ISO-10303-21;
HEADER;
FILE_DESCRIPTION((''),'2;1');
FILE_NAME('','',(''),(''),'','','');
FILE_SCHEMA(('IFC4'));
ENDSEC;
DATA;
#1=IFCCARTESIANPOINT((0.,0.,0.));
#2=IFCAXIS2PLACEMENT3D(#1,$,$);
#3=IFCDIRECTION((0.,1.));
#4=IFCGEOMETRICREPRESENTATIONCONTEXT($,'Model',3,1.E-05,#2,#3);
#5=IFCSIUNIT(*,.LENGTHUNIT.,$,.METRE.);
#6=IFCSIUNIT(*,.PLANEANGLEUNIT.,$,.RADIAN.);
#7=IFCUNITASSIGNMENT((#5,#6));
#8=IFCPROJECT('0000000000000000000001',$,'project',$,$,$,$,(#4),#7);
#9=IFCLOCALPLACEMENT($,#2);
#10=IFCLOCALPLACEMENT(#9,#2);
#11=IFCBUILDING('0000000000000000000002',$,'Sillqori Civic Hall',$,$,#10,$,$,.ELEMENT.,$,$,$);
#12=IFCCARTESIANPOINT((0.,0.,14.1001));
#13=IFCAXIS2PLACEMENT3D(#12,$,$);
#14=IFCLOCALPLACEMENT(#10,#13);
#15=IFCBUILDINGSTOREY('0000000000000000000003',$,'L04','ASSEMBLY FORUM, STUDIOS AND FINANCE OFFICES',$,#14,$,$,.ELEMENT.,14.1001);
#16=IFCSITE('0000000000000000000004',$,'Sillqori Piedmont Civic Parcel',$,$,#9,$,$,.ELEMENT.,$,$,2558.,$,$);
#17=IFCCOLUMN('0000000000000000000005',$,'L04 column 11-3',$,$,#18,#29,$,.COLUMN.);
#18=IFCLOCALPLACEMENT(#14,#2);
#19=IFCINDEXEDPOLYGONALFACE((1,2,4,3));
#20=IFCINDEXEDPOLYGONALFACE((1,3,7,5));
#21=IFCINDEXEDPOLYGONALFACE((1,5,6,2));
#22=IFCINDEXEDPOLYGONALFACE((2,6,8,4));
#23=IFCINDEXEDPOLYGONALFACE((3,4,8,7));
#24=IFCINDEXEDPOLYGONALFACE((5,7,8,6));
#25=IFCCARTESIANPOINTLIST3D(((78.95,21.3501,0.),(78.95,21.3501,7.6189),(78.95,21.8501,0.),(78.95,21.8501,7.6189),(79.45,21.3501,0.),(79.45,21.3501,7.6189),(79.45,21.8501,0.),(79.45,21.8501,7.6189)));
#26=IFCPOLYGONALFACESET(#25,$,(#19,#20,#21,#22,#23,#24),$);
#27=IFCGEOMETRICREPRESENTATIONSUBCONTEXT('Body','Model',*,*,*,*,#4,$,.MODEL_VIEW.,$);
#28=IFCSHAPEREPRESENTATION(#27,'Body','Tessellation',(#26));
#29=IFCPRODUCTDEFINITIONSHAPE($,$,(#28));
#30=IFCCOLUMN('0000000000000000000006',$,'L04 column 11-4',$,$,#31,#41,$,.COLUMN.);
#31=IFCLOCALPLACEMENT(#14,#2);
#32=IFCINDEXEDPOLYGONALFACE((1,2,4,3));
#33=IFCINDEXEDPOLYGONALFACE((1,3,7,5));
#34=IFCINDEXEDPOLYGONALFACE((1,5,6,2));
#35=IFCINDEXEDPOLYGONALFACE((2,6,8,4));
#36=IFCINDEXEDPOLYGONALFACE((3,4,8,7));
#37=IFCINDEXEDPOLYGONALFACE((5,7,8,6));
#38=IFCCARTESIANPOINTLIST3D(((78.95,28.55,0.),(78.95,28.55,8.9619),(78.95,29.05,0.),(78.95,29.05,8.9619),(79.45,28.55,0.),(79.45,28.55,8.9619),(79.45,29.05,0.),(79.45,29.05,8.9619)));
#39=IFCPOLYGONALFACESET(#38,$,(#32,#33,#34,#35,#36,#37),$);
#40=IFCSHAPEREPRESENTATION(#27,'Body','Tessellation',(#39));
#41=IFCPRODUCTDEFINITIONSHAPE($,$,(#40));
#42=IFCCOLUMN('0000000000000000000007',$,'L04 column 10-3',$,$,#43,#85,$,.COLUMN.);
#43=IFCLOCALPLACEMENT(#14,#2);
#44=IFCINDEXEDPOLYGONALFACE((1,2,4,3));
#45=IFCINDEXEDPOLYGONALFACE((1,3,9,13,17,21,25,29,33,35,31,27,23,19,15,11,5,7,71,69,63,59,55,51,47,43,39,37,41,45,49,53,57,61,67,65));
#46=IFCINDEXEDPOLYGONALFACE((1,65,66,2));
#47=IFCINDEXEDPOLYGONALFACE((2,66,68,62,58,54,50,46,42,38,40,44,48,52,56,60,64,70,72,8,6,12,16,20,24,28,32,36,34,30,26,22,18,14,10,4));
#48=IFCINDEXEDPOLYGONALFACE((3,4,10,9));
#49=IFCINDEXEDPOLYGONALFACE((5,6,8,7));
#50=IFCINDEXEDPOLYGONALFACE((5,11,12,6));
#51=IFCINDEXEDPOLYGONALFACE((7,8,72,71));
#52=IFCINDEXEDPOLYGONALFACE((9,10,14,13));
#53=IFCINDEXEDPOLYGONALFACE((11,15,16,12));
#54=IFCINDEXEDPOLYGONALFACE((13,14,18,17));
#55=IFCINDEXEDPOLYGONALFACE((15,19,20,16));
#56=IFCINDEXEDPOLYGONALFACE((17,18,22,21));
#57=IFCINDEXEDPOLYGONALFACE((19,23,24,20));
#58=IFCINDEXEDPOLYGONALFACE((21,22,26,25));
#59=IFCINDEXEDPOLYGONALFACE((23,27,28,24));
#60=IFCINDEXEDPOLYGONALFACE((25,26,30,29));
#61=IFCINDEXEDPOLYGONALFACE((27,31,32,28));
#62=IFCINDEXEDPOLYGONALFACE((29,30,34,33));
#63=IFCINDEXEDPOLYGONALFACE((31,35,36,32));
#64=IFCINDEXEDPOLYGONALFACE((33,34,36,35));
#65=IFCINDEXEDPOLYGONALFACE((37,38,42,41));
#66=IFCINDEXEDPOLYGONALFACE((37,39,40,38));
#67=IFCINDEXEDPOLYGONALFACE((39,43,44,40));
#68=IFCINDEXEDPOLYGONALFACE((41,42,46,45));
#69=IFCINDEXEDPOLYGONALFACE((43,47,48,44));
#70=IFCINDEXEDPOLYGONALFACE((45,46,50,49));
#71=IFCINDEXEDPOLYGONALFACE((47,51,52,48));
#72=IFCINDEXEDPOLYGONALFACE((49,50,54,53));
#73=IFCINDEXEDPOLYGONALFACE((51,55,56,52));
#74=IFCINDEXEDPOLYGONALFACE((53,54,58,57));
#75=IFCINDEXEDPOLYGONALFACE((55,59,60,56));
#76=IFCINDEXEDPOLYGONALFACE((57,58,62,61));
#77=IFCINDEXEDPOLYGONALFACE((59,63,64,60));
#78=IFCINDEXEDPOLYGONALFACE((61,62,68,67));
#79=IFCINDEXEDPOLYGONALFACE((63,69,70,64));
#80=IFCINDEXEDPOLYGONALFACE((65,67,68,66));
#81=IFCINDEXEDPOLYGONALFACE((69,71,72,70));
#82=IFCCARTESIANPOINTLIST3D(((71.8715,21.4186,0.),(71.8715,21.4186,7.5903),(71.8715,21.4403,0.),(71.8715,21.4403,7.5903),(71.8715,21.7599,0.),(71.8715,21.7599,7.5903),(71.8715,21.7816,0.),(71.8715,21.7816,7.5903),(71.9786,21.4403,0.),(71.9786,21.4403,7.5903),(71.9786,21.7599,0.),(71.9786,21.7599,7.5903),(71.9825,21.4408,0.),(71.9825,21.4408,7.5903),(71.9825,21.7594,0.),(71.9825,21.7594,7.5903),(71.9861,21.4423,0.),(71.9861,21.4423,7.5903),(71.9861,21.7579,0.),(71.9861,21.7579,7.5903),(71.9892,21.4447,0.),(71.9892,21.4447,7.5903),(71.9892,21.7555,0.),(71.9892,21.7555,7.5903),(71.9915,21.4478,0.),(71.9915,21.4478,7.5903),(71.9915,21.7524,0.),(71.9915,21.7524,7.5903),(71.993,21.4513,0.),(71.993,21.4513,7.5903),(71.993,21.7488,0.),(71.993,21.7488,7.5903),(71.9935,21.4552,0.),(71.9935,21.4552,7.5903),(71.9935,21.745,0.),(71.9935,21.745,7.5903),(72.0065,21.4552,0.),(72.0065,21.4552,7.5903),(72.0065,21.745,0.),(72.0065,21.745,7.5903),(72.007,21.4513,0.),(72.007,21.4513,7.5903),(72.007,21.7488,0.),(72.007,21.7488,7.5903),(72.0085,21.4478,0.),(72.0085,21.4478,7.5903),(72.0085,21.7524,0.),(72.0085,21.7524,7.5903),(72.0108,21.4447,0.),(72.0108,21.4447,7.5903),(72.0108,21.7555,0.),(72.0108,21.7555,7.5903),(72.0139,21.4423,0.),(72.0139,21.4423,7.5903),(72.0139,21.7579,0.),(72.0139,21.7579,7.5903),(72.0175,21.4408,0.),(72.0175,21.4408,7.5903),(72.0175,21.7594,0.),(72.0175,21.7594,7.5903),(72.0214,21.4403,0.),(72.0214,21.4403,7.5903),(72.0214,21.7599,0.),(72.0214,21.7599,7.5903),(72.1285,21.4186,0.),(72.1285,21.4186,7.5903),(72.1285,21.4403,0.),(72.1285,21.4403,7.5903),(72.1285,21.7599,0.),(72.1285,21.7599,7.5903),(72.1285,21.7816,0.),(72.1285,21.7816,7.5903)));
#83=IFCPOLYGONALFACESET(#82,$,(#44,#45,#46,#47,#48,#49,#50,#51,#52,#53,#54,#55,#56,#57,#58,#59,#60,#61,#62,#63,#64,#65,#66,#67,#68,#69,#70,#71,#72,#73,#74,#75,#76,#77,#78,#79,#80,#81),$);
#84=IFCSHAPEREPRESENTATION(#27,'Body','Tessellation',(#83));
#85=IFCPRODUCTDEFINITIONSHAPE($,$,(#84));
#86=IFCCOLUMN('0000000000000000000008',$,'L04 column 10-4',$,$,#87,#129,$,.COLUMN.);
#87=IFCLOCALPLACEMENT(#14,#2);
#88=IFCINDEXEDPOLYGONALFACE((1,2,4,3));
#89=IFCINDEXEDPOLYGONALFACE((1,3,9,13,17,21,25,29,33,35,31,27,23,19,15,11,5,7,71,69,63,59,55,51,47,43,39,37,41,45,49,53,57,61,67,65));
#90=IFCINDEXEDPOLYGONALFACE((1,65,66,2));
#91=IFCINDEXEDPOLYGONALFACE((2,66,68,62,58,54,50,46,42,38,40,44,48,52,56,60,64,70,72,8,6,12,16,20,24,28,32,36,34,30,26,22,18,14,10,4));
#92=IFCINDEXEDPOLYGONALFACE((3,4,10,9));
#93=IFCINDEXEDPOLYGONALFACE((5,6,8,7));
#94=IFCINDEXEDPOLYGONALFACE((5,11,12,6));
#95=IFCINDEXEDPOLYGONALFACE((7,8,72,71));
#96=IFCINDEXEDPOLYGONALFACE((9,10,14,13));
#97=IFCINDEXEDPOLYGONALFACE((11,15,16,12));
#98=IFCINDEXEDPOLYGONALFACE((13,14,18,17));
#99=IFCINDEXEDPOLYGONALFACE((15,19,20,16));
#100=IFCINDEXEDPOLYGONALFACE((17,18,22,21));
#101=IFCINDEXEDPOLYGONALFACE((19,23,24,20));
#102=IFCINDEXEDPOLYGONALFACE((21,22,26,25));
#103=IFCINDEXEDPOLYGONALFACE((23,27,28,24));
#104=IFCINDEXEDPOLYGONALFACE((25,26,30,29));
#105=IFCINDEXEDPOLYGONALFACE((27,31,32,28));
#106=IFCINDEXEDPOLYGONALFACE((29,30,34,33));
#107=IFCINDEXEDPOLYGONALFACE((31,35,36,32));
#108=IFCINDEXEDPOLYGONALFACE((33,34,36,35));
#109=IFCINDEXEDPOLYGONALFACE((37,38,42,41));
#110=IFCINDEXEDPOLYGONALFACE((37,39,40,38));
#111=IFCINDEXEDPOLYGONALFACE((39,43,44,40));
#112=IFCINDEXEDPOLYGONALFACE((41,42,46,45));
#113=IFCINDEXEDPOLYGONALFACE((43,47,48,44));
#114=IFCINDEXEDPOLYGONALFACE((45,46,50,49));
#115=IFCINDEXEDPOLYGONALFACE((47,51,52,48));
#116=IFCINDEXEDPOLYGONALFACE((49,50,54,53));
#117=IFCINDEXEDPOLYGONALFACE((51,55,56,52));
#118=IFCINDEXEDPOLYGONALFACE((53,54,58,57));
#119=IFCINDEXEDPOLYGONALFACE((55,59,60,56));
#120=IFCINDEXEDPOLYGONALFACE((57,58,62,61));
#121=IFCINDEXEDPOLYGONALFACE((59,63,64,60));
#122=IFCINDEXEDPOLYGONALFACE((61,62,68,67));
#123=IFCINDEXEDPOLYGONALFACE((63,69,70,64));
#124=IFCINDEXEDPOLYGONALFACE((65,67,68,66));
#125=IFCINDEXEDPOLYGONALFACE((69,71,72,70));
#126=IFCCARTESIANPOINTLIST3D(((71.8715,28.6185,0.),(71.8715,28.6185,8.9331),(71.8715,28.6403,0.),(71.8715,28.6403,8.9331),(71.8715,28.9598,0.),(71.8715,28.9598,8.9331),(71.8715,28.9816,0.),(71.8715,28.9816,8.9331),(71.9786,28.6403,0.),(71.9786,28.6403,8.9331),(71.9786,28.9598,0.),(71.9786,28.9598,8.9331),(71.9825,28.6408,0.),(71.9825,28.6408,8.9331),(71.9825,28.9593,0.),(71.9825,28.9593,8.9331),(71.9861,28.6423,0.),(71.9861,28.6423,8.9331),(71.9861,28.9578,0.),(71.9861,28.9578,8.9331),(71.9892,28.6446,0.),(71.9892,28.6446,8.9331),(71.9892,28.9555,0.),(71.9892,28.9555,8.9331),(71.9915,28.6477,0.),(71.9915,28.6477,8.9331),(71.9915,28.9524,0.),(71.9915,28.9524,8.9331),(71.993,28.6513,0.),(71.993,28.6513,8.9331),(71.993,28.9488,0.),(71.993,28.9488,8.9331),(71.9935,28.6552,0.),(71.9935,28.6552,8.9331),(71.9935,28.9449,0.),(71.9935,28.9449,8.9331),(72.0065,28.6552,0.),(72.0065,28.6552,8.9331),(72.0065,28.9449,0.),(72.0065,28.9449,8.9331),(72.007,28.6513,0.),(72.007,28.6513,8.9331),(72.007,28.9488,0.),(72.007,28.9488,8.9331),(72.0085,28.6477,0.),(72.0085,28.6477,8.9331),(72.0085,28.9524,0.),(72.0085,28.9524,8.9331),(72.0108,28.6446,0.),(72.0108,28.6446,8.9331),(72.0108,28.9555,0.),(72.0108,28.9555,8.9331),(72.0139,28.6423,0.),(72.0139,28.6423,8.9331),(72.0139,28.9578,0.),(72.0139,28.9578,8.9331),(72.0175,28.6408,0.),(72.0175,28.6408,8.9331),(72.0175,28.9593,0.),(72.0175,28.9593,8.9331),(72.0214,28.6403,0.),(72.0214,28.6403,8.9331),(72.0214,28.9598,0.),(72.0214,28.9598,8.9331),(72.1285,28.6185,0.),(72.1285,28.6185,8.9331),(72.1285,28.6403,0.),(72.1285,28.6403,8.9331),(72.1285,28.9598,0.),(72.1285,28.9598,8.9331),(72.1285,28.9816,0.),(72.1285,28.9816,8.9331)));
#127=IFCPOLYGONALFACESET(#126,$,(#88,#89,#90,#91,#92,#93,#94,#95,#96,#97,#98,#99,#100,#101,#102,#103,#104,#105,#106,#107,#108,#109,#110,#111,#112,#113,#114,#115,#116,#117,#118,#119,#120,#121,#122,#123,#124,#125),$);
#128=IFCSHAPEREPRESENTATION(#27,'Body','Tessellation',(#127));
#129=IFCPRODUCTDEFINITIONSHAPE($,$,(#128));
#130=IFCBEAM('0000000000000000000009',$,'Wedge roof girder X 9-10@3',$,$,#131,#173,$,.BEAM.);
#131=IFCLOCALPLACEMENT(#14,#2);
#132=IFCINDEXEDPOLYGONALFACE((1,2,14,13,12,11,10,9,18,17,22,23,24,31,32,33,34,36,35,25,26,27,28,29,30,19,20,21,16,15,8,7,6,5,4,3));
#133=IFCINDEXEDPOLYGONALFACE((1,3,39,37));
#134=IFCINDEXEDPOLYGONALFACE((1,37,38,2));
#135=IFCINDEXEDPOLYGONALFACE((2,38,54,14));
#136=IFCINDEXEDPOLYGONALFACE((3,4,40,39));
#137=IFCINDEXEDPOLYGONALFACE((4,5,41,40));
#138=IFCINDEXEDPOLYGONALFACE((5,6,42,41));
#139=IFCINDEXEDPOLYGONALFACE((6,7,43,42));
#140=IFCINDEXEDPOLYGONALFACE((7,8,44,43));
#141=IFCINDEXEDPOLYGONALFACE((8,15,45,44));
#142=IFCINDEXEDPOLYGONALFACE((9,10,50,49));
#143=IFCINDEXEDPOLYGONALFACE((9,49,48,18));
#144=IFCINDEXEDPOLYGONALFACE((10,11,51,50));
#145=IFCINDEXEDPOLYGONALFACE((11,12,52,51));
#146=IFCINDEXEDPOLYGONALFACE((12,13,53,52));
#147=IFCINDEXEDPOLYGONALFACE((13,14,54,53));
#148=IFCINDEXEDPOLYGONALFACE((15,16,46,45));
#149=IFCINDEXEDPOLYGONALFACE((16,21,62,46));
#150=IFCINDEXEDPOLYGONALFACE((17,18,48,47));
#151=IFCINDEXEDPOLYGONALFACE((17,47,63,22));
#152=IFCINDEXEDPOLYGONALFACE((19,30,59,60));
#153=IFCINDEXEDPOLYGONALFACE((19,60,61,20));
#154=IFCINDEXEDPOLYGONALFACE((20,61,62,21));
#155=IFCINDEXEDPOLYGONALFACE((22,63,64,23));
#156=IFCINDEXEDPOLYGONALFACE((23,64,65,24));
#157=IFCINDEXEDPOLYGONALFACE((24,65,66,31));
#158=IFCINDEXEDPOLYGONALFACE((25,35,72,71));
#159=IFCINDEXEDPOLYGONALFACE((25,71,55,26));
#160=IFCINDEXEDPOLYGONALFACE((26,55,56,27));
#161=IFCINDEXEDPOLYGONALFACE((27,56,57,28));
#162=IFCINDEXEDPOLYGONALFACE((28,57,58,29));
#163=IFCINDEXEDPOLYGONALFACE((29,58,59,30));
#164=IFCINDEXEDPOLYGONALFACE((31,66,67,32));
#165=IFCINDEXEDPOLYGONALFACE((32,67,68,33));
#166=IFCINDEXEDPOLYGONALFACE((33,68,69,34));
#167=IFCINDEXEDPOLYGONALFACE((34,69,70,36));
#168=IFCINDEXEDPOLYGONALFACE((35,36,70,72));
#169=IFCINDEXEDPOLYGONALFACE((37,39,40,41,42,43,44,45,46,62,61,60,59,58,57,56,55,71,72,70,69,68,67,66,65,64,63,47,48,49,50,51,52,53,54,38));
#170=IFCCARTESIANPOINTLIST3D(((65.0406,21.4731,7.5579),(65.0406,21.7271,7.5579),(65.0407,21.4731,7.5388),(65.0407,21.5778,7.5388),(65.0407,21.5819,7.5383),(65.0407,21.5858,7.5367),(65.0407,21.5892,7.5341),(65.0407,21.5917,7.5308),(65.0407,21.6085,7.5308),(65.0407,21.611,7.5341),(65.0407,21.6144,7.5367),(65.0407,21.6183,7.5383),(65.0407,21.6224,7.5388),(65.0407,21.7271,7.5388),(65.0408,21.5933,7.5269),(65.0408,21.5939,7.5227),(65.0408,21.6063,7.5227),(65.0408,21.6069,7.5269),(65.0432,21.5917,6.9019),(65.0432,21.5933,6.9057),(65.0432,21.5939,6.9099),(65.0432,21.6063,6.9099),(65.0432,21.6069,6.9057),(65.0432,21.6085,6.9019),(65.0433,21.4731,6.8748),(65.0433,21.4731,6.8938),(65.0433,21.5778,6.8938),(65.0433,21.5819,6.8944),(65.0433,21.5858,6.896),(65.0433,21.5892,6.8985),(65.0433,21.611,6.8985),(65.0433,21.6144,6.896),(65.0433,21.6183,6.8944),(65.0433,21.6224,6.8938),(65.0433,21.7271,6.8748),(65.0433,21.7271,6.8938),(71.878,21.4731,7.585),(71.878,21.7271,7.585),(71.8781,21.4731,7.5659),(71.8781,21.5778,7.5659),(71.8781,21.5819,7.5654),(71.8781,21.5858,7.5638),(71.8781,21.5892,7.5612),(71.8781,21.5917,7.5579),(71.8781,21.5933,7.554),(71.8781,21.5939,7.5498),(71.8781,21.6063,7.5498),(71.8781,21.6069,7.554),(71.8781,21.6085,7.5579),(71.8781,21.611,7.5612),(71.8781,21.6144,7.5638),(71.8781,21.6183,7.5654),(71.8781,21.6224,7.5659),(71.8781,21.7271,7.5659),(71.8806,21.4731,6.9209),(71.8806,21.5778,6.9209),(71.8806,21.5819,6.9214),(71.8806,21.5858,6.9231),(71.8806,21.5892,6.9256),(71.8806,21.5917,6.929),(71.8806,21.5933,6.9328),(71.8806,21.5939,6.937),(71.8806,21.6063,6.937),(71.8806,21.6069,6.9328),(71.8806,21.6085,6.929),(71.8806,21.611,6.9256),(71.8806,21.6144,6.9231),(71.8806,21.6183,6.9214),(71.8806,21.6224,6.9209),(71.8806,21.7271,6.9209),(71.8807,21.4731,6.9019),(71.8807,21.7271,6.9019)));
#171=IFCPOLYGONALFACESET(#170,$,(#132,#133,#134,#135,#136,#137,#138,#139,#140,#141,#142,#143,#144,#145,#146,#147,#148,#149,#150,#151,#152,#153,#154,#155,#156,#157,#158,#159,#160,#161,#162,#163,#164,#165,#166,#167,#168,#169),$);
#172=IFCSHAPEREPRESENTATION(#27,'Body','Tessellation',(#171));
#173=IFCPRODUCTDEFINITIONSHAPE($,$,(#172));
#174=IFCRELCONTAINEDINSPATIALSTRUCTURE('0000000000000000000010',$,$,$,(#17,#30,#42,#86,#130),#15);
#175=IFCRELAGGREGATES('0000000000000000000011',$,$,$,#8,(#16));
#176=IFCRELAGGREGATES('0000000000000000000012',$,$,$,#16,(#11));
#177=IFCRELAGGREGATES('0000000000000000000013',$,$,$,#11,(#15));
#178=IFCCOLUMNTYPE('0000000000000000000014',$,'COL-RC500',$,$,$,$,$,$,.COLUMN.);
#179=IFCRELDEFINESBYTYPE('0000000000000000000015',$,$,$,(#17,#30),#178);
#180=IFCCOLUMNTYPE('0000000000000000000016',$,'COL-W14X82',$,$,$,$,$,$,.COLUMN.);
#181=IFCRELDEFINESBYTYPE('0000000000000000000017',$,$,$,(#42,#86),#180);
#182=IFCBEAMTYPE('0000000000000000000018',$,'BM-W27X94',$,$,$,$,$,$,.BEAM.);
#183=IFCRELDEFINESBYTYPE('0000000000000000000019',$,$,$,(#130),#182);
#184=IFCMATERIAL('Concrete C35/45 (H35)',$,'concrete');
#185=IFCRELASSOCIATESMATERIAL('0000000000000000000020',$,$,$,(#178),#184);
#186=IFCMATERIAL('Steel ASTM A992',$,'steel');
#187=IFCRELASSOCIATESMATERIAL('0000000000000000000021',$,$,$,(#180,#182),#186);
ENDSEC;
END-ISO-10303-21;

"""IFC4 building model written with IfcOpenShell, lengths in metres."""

from ifc_helpers import new_model, si_unit, direction, frame, origin, origin_2d, place, context, subcontext, project, spatial, rectangle, i_section, extrude, material, material_profile, profile_set, type_object, element, save


model = new_model("IFC4")

# Units and contexts
model_context = context("Model", 3, precision=1e-05, world=origin(), true_north=direction((0.0, 1.0)))
body_context = subcontext(model_context, "Body", "Model", "MODEL_VIEW")
ifc_project = project(units=[si_unit("LENGTHUNIT", "METRE"), si_unit("PLANEANGLEUNIT", "RADIAN")], contexts=[model_context])

# Site, building, storey
site_placement = place(None, origin())
site = spatial("IfcSite", under=ifc_project, at=site_placement, Name="Sillqori Piedmont Civic Parcel", CompositionType="ELEMENT", RefElevation=2558.0)
building_placement = place(site_placement, origin())
building = spatial("IfcBuilding", under=site, at=building_placement, Name="Sillqori Civic Hall", CompositionType="ELEMENT")
storey_placement = place(building_placement, frame((0.0, 0.0, 14.1001)))
storey = spatial("IfcBuildingStorey", under=building, at=storey_placement, Name="L04", Description="ASSEMBLY FORUM, STUDIOS AND FINANCE OFFICES", CompositionType="ELEMENT", Elevation=14.1001)

# Columns
ifc_material_1 = material(Name="Concrete C35/45 (H35)", Category="concrete")
ifc_material_profile_1 = material_profile(ifc_material_1, rectangle(XDim=0.5, YDim=0.5, at=origin_2d()), Name="RC 500x500")
ifc_profile_set_1 = profile_set([ifc_material_profile_1], Name="Concrete C35/45 (H35)")
column_type_1 = type_object("IfcColumnType", Name="COL-RC500", PredefinedType="COLUMN", material=ifc_profile_set_1)
column_1_placement = place(storey_placement, frame((79.2, 21.6001, 0.0), z_axis=(0.0, 0.0, 1.0), x_axis=(1.0, 0.0, 0.0)))
element("IfcColumn", 1, at=column_1_placement, inside=storey, type_object=column_type_1, Name="L04 column 11-3", PredefinedType="COLUMN", context=body_context, shape_type="SweptSolid", body=[
    extrude(rectangle(XDim=0.5, YDim=0.5, at=origin_2d()), origin(), (0.0, 0.0, 1.0), 7.6189),
])
column_2_placement = place(storey_placement, frame((79.2, 28.8, 0.0), z_axis=(0.0, 0.0, 1.0), x_axis=(1.0, 0.0, 0.0)))
element("IfcColumn", 2, at=column_2_placement, inside=storey, type_object=column_type_1, Name="L04 column 11-4", PredefinedType="COLUMN", context=body_context, shape_type="SweptSolid", body=[
    extrude(rectangle(XDim=0.5, YDim=0.5, at=origin_2d()), origin(), (0.0, 0.0, 1.0), 8.9619),
])
ifc_material_2 = material(Name="Steel ASTM A992", Category="steel")
ifc_material_profile_2 = material_profile(ifc_material_2, i_section(OverallWidth=0.2571, OverallDepth=0.363, WebThickness=0.0129, FlangeThickness=0.0217, FilletRadius=0.0149, at=origin_2d()), Name="W14X82")
ifc_profile_set_2 = profile_set([ifc_material_profile_2], Name="Steel ASTM A992")
column_type_2 = type_object("IfcColumnType", Name="COL-W14X82", PredefinedType="COLUMN", material=ifc_profile_set_2)
column_3_placement = place(storey_placement, frame((72.0, 21.6001, 0.0), z_axis=(0.0, 0.0, 1.0), x_axis=(1.0, 0.0, 0.0)))
element("IfcColumn", 3, at=column_3_placement, inside=storey, type_object=column_type_2, Name="L04 column 10-3", PredefinedType="COLUMN", context=body_context, shape_type="SweptSolid", body=[
    extrude(i_section(OverallWidth=0.2571, OverallDepth=0.363, WebThickness=0.0129, FlangeThickness=0.0217, FilletRadius=0.0149, at=origin_2d()), origin(), (0.0, 0.0, 1.0), 7.5903),
])
column_4_placement = place(storey_placement, frame((72.0, 28.8, 0.0), z_axis=(0.0, 0.0, 1.0), x_axis=(1.0, 0.0, 0.0)))
element("IfcColumn", 4, at=column_4_placement, inside=storey, type_object=column_type_2, Name="L04 column 10-4", PredefinedType="COLUMN", context=body_context, shape_type="SweptSolid", body=[
    extrude(i_section(OverallWidth=0.2571, OverallDepth=0.363, WebThickness=0.0129, FlangeThickness=0.0217, FilletRadius=0.0149, at=origin_2d()), origin(), (0.0, 0.0, 1.0), 8.9331),
])

# Beam
ifc_material_profile_3 = material_profile(ifc_material_2, i_section(OverallWidth=0.2539, OverallDepth=0.6831, WebThickness=0.0125, FlangeThickness=0.019, FilletRadius=0.0161, at=origin_2d()), Name="W27X94")
ifc_profile_set_3 = profile_set([ifc_material_profile_3], Name="Steel ASTM A992")
beam_type_1 = type_object("IfcBeamType", Name="BM-W27X94", PredefinedType="BEAM", material=ifc_profile_set_3)
for number, where, z_axis, x_axis, name in (
    (5, (65.042, 21.6001, 7.2163), (0.999992, 0.0, 0.003963), (0.0, 1.0, 0.0), "Wedge roof girder X 9-10@3"),
):
    element("IfcBeam", number, at=place(storey_placement, frame(where, z_axis=z_axis, x_axis=x_axis)), inside=storey, type_object=beam_type_1, Name=name, PredefinedType="BEAM", context=body_context, shape_type="SweptSolid", body=[
        extrude(i_section(OverallWidth=0.2539, OverallDepth=0.6831, WebThickness=0.0125, FlangeThickness=0.019, FilletRadius=0.0161, at=origin_2d()), origin(), (0.0, 0.0, 1.0), 6.8374),
    ])

save(model, "model.ifc")
